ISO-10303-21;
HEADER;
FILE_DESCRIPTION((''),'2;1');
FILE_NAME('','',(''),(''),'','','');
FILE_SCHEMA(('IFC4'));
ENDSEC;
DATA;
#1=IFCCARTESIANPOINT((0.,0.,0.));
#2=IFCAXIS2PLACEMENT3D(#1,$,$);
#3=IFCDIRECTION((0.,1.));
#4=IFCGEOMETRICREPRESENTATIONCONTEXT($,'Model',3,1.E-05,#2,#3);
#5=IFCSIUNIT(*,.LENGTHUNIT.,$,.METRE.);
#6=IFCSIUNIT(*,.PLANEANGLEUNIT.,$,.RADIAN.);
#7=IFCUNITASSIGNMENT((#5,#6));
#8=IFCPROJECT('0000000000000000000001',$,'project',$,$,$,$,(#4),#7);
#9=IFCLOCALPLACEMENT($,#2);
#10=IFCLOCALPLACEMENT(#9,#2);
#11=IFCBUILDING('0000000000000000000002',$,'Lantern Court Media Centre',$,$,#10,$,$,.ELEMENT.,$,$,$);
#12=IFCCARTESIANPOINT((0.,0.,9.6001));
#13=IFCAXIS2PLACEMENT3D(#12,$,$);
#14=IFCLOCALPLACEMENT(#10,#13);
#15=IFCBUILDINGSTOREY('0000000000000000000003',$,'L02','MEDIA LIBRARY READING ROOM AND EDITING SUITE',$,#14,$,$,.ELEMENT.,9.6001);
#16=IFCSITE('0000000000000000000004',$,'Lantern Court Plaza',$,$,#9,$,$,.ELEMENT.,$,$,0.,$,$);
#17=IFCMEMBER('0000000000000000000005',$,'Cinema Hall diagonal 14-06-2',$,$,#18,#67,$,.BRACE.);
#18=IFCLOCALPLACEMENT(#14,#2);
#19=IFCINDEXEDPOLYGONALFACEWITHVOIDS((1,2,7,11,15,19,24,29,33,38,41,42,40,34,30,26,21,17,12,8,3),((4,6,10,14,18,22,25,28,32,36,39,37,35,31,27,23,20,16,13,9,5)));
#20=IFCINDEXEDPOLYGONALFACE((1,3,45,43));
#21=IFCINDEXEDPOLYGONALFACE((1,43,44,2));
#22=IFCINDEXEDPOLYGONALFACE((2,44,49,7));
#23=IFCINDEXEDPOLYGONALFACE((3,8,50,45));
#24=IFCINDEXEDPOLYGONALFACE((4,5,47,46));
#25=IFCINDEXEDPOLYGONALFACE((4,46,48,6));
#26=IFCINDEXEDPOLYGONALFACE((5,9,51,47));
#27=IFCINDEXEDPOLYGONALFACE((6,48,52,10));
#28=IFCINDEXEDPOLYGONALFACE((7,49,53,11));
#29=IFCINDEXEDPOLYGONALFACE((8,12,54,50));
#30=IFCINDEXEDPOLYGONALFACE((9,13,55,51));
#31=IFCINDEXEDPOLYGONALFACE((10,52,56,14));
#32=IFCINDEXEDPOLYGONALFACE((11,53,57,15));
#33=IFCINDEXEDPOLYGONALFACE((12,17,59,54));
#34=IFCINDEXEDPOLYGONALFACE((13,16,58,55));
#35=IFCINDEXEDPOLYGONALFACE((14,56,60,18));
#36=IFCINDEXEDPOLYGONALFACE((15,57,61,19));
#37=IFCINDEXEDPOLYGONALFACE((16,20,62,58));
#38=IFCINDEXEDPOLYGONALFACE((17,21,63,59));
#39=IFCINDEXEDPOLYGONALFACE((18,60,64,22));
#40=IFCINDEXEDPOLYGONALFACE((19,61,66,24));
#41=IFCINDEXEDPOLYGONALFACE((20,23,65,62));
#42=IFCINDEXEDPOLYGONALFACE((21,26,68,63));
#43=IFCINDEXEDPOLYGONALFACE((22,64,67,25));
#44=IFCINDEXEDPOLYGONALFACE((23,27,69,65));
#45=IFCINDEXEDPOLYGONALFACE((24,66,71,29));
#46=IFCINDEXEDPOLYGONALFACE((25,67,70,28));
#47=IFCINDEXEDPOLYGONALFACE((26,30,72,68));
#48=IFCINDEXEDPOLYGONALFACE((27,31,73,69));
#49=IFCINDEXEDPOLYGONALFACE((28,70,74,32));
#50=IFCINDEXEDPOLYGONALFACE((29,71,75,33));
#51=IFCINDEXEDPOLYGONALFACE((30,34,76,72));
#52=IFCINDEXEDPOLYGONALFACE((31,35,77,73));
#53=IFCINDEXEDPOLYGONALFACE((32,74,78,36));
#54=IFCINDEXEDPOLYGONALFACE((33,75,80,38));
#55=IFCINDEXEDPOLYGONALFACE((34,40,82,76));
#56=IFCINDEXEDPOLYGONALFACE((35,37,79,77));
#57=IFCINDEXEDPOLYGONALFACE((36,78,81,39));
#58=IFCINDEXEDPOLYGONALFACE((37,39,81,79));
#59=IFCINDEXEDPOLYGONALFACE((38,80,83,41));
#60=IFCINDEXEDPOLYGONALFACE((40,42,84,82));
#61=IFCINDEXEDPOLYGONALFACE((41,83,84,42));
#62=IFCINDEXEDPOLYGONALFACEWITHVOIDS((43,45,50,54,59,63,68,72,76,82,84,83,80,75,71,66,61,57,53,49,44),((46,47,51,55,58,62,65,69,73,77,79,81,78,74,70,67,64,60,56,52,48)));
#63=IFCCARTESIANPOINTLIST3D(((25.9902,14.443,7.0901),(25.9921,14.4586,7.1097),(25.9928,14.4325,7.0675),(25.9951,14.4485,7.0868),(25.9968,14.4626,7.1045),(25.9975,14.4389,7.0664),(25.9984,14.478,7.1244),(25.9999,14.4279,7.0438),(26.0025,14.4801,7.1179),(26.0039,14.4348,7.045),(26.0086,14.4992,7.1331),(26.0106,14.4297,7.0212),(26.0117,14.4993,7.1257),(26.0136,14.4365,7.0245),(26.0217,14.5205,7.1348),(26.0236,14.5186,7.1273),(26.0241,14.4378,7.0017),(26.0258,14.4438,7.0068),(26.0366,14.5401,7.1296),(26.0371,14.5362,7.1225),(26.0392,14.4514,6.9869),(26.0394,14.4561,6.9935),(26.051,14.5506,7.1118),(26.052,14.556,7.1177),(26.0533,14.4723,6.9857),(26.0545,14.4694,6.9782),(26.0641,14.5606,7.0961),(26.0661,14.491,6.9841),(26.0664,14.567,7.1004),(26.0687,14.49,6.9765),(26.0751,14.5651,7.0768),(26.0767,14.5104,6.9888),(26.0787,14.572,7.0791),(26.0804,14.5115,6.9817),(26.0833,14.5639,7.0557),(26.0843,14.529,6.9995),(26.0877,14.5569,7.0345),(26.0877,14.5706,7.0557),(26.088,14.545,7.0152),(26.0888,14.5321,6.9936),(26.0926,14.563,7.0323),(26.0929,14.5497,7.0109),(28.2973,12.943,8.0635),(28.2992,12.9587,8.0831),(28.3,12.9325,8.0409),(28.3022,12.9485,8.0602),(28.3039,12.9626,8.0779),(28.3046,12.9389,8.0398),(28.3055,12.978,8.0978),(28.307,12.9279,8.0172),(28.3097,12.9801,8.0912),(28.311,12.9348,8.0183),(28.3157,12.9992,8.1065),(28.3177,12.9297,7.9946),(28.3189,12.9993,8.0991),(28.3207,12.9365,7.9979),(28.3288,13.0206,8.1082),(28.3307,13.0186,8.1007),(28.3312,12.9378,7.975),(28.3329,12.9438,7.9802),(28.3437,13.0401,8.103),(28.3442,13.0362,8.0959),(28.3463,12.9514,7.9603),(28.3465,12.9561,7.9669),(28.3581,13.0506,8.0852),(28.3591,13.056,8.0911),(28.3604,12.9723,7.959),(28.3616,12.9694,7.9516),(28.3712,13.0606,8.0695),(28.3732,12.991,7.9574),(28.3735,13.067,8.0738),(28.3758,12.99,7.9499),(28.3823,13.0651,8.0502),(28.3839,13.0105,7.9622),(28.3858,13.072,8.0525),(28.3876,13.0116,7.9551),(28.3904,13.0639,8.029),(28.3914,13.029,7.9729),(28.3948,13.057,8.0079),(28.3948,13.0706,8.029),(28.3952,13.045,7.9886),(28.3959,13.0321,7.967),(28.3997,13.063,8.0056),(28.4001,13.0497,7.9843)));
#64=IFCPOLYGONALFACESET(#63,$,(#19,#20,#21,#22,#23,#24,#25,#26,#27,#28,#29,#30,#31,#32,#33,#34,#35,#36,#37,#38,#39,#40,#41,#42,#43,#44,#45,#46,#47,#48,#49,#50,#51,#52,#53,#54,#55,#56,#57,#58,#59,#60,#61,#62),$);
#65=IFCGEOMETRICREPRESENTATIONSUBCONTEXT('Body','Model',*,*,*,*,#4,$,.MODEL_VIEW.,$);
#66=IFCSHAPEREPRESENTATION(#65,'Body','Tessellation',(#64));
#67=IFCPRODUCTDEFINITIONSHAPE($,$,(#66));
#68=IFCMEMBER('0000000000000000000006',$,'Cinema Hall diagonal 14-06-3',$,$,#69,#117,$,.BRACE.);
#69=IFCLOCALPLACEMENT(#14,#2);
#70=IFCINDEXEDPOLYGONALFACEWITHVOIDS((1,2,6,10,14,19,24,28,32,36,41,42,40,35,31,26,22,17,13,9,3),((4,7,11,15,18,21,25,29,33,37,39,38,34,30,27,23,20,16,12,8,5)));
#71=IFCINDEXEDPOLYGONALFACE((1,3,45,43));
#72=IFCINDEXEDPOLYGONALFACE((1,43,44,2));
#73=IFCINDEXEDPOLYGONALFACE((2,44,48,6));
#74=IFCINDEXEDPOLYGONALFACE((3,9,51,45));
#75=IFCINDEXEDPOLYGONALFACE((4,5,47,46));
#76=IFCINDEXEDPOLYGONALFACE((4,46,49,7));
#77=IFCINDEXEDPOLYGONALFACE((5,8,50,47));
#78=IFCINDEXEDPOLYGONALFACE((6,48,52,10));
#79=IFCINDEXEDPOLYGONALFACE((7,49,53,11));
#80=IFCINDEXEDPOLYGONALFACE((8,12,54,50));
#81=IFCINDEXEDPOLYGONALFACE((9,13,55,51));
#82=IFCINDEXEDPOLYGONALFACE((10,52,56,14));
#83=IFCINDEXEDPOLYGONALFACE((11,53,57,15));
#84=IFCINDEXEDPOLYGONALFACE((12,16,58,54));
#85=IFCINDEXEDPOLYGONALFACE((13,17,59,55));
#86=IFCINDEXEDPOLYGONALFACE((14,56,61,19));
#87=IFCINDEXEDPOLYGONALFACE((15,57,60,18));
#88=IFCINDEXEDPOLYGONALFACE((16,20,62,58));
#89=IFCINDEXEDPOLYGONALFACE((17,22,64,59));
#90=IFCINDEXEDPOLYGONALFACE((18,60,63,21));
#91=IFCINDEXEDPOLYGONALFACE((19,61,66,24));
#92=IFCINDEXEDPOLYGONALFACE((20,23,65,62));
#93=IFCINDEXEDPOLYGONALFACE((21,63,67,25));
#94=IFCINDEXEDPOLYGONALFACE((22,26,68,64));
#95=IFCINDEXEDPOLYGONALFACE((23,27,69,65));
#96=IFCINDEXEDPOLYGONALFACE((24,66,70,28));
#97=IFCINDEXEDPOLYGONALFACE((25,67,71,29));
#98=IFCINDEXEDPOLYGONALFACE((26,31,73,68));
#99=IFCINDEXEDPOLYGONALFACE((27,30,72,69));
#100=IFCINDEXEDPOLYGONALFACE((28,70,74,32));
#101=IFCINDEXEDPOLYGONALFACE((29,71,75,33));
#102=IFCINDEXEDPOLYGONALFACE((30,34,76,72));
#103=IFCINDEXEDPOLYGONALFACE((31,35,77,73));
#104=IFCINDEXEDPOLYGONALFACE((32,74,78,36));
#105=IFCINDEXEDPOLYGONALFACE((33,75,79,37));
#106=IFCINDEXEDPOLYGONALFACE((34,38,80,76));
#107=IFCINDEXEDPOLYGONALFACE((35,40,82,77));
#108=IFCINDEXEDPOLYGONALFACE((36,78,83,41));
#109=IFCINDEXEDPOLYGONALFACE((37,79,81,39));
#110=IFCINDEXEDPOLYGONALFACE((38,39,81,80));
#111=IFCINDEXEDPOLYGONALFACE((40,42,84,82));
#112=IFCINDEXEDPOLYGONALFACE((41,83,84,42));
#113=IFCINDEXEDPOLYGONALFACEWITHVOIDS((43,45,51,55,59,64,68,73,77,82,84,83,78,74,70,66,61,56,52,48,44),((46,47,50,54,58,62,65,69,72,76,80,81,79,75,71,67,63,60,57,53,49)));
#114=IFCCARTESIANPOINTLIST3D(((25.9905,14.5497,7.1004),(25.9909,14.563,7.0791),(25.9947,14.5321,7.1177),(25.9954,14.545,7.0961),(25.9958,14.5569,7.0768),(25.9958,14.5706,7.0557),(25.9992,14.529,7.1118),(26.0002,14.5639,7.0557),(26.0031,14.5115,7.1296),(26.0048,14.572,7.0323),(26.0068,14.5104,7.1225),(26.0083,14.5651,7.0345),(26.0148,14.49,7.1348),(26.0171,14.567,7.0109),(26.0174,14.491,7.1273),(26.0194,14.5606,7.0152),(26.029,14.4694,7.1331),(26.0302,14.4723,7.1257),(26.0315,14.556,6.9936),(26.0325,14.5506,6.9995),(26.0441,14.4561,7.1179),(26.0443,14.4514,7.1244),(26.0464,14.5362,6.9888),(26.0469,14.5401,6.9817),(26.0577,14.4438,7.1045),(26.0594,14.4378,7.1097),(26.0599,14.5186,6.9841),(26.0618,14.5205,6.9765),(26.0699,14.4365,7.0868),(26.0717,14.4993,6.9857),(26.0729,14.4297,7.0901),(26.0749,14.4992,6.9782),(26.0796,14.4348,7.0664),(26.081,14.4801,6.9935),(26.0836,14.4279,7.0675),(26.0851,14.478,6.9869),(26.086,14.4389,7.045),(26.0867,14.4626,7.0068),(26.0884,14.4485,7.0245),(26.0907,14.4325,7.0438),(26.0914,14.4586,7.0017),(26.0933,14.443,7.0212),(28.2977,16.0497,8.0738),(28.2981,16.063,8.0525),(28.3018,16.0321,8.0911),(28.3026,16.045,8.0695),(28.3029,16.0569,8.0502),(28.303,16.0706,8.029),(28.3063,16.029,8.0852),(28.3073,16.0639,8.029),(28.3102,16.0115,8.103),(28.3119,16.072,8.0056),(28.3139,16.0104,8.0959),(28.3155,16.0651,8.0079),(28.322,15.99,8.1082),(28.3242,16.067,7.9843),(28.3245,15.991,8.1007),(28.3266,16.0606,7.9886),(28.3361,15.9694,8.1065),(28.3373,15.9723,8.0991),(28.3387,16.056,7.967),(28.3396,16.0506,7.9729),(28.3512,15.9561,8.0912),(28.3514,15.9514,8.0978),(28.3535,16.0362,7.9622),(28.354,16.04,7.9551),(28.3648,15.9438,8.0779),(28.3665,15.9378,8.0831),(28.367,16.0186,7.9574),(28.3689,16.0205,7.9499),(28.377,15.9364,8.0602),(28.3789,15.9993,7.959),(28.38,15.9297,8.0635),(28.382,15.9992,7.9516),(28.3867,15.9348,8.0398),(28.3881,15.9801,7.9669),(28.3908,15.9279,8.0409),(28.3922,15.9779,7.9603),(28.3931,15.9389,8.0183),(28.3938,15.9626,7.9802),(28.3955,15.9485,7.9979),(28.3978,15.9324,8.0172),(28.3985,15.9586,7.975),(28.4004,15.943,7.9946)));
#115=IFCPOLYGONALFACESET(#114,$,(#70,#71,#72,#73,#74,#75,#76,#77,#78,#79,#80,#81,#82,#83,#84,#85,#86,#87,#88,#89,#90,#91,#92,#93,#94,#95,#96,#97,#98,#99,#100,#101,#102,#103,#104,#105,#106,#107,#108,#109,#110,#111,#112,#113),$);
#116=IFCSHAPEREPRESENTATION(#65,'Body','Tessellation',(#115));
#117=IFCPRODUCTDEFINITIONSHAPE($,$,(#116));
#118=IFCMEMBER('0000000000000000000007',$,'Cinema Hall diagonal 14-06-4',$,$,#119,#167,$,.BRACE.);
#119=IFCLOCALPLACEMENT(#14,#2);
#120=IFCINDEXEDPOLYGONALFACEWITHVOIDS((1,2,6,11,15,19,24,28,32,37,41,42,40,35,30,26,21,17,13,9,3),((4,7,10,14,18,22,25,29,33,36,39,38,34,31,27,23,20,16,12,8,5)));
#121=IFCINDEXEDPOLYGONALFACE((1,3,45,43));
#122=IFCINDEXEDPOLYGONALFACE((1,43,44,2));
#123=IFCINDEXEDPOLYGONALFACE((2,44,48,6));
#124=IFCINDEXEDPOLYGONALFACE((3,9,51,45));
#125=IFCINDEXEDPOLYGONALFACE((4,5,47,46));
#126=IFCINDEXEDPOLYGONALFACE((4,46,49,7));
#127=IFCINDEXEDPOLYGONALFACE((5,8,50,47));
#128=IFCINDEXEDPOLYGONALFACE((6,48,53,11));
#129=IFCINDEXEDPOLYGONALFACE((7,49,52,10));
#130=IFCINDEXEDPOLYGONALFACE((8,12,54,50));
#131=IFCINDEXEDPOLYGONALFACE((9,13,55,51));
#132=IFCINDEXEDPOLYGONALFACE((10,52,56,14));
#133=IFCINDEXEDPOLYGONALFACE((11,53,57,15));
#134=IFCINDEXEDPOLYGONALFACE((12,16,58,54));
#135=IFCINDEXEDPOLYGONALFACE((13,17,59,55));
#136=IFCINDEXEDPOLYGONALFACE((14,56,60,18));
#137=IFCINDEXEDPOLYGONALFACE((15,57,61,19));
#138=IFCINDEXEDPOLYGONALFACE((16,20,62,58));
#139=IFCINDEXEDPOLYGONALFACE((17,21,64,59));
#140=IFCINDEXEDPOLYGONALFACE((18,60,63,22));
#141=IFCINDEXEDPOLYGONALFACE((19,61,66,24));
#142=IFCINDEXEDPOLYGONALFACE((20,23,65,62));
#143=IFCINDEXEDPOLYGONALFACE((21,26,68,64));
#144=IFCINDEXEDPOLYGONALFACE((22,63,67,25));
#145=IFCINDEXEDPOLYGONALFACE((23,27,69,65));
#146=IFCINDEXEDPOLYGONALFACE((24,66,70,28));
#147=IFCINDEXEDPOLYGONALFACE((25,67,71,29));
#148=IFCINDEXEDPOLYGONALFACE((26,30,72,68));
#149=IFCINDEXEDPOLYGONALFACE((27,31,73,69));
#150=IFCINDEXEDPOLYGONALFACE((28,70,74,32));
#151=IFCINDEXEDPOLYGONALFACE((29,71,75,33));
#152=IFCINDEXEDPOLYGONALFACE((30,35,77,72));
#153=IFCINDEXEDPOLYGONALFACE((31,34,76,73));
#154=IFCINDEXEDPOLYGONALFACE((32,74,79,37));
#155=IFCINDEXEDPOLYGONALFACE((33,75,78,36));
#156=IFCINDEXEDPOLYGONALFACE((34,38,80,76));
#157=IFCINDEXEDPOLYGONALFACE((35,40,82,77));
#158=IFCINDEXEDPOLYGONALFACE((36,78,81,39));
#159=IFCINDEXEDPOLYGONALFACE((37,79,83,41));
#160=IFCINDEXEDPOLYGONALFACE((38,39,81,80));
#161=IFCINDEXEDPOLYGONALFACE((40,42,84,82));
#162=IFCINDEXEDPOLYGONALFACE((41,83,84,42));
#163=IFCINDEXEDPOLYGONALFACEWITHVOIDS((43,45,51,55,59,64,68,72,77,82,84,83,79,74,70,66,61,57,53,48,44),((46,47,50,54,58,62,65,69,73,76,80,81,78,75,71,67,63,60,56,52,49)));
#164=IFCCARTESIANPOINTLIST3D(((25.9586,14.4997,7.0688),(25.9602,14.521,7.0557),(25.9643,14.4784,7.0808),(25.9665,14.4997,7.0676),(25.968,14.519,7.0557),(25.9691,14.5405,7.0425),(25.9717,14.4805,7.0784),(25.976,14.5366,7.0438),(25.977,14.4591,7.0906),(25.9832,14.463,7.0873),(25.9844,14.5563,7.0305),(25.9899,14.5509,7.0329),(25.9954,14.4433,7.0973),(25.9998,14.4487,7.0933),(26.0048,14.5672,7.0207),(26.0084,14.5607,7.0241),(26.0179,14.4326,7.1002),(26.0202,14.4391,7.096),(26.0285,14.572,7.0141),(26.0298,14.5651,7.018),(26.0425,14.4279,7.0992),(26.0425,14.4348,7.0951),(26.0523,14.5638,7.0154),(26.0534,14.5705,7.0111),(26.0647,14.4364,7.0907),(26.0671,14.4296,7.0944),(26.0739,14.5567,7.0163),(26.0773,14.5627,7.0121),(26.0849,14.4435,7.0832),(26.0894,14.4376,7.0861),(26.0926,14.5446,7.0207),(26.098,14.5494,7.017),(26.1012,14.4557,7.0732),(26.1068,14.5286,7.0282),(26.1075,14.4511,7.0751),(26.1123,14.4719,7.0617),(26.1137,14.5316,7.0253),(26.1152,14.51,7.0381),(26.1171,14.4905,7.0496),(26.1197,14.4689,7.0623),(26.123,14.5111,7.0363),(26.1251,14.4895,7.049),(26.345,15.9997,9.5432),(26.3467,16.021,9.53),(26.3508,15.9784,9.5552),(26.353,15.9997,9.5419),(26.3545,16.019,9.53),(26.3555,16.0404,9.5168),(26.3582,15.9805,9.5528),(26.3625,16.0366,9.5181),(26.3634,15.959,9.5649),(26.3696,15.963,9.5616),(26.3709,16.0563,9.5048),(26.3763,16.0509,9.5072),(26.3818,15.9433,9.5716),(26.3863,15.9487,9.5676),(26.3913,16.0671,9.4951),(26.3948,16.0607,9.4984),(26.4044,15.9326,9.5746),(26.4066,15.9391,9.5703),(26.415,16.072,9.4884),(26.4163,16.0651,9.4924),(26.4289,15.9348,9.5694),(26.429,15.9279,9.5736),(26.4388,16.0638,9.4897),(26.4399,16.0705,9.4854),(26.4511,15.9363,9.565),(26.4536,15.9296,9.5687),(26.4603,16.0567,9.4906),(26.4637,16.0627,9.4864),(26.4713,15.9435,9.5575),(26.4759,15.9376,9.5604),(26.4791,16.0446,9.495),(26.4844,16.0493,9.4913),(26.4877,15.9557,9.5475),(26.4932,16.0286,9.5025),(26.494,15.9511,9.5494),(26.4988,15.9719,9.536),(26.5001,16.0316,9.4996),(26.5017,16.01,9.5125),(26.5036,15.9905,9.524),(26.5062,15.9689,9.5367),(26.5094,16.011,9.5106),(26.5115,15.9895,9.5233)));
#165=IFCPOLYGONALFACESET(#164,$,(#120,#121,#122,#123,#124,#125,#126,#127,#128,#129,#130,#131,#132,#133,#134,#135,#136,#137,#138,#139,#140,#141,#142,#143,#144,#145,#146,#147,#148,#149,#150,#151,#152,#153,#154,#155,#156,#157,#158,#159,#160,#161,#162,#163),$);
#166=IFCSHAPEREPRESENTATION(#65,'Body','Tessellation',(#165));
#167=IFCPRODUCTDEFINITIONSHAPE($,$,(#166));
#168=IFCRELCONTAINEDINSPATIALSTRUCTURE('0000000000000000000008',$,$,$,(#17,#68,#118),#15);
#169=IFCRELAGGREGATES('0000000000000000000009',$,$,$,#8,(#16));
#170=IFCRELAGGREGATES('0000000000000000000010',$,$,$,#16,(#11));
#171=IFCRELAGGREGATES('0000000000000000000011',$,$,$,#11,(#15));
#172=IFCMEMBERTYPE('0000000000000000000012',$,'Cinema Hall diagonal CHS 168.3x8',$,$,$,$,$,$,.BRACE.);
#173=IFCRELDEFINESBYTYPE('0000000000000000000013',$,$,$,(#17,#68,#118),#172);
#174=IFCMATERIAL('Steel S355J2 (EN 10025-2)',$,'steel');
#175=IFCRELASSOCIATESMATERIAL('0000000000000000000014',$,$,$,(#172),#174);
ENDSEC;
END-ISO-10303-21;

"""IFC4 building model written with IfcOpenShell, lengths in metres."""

from ifc_helpers import new_model, si_unit, direction, frame, origin, origin_2d, place, context, subcontext, project, spatial, hollow_circle, extrude, material, material_profile, profile_set, type_object, element, save


model = new_model("IFC4")

# Units and contexts
model_context = context("Model", 3, precision=1e-05, world=origin(), true_north=direction((0.0, 1.0)))
body_context = subcontext(model_context, "Body", "Model", "MODEL_VIEW")
ifc_project = project(units=[si_unit("LENGTHUNIT", "METRE"), si_unit("PLANEANGLEUNIT", "RADIAN")], contexts=[model_context])

# Site, building, storey
site_placement = place(None, origin())
site = spatial("IfcSite", under=ifc_project, at=site_placement, Name="Lantern Court Plaza", CompositionType="ELEMENT", RefElevation=0.0)
building_placement = place(site_placement, origin())
building = spatial("IfcBuilding", under=site, at=building_placement, Name="Lantern Court Media Centre", CompositionType="ELEMENT")
storey_placement = place(building_placement, frame((0.0, 0.0, 9.6001)))
storey = spatial("IfcBuildingStorey", under=building, at=storey_placement, Name="L02", Description="MEDIA LIBRARY READING ROOM AND EDITING SUITE", CompositionType="ELEMENT", Elevation=9.6001)

# Members
ifc_material = material(Name="Steel S355J2 (EN 10025-2)", Category="steel")
ifc_material_profile_1 = material_profile(ifc_material, hollow_circle(Radius=0.0842, WallThickness=0.0081, at=origin_2d()), Name="Cinema Hall diagonal CHS 168.3x8")
ifc_profile_set_1 = profile_set([ifc_material_profile_1], Name="Steel S355J2 (EN 10025-2)")
member_type_1 = type_object("IfcMemberType", Name="Cinema Hall diagonal CHS 168.3x8", PredefinedType="BRACE", material=ifc_profile_set_1)
for number, where, z_axis, x_axis, name in (
    (1, (26.0417, 14.5, 7.0557), (0.790394, -0.513882, 0.333471), (0.545082, 0.838383, 0.0), "Cinema Hall diagonal 14-06-2"),
    (2, (26.0417, 14.5, 7.0557), (0.790394, 0.513882, 0.333471), (-0.545082, 0.838383, 0.0), "Cinema Hall diagonal 14-06-3"),
):
    element("IfcMember", number, at=place(storey_placement, frame(where, z_axis=z_axis, x_axis=x_axis)), inside=storey, type_object=member_type_1, Name=name, PredefinedType="BRACE", context=body_context, shape_type="SweptSolid", body=[
        extrude(hollow_circle(Radius=0.0842, WallThickness=0.0081, at=origin_2d()), origin(), (0.0, 0.0, 1.0), 2.9189),
    ])
for number, where, z_axis, x_axis, name in (
    (3, (26.0417, 14.5, 7.0557), (0.13239, 0.513836, 0.847612), (-0.968374, 0.249501, 0.0), "Cinema Hall diagonal 14-06-4"),
):
    element("IfcMember", number, at=place(storey_placement, frame(where, z_axis=z_axis, x_axis=x_axis)), inside=storey, type_object=member_type_1, Name=name, PredefinedType="BRACE", context=body_context, shape_type="SweptSolid", body=[
        extrude(hollow_circle(Radius=0.0842, WallThickness=0.0081, at=origin_2d()), origin(), (0.0, 0.0, 1.0), 2.9192),
    ])

save(model, "model.ifc")
